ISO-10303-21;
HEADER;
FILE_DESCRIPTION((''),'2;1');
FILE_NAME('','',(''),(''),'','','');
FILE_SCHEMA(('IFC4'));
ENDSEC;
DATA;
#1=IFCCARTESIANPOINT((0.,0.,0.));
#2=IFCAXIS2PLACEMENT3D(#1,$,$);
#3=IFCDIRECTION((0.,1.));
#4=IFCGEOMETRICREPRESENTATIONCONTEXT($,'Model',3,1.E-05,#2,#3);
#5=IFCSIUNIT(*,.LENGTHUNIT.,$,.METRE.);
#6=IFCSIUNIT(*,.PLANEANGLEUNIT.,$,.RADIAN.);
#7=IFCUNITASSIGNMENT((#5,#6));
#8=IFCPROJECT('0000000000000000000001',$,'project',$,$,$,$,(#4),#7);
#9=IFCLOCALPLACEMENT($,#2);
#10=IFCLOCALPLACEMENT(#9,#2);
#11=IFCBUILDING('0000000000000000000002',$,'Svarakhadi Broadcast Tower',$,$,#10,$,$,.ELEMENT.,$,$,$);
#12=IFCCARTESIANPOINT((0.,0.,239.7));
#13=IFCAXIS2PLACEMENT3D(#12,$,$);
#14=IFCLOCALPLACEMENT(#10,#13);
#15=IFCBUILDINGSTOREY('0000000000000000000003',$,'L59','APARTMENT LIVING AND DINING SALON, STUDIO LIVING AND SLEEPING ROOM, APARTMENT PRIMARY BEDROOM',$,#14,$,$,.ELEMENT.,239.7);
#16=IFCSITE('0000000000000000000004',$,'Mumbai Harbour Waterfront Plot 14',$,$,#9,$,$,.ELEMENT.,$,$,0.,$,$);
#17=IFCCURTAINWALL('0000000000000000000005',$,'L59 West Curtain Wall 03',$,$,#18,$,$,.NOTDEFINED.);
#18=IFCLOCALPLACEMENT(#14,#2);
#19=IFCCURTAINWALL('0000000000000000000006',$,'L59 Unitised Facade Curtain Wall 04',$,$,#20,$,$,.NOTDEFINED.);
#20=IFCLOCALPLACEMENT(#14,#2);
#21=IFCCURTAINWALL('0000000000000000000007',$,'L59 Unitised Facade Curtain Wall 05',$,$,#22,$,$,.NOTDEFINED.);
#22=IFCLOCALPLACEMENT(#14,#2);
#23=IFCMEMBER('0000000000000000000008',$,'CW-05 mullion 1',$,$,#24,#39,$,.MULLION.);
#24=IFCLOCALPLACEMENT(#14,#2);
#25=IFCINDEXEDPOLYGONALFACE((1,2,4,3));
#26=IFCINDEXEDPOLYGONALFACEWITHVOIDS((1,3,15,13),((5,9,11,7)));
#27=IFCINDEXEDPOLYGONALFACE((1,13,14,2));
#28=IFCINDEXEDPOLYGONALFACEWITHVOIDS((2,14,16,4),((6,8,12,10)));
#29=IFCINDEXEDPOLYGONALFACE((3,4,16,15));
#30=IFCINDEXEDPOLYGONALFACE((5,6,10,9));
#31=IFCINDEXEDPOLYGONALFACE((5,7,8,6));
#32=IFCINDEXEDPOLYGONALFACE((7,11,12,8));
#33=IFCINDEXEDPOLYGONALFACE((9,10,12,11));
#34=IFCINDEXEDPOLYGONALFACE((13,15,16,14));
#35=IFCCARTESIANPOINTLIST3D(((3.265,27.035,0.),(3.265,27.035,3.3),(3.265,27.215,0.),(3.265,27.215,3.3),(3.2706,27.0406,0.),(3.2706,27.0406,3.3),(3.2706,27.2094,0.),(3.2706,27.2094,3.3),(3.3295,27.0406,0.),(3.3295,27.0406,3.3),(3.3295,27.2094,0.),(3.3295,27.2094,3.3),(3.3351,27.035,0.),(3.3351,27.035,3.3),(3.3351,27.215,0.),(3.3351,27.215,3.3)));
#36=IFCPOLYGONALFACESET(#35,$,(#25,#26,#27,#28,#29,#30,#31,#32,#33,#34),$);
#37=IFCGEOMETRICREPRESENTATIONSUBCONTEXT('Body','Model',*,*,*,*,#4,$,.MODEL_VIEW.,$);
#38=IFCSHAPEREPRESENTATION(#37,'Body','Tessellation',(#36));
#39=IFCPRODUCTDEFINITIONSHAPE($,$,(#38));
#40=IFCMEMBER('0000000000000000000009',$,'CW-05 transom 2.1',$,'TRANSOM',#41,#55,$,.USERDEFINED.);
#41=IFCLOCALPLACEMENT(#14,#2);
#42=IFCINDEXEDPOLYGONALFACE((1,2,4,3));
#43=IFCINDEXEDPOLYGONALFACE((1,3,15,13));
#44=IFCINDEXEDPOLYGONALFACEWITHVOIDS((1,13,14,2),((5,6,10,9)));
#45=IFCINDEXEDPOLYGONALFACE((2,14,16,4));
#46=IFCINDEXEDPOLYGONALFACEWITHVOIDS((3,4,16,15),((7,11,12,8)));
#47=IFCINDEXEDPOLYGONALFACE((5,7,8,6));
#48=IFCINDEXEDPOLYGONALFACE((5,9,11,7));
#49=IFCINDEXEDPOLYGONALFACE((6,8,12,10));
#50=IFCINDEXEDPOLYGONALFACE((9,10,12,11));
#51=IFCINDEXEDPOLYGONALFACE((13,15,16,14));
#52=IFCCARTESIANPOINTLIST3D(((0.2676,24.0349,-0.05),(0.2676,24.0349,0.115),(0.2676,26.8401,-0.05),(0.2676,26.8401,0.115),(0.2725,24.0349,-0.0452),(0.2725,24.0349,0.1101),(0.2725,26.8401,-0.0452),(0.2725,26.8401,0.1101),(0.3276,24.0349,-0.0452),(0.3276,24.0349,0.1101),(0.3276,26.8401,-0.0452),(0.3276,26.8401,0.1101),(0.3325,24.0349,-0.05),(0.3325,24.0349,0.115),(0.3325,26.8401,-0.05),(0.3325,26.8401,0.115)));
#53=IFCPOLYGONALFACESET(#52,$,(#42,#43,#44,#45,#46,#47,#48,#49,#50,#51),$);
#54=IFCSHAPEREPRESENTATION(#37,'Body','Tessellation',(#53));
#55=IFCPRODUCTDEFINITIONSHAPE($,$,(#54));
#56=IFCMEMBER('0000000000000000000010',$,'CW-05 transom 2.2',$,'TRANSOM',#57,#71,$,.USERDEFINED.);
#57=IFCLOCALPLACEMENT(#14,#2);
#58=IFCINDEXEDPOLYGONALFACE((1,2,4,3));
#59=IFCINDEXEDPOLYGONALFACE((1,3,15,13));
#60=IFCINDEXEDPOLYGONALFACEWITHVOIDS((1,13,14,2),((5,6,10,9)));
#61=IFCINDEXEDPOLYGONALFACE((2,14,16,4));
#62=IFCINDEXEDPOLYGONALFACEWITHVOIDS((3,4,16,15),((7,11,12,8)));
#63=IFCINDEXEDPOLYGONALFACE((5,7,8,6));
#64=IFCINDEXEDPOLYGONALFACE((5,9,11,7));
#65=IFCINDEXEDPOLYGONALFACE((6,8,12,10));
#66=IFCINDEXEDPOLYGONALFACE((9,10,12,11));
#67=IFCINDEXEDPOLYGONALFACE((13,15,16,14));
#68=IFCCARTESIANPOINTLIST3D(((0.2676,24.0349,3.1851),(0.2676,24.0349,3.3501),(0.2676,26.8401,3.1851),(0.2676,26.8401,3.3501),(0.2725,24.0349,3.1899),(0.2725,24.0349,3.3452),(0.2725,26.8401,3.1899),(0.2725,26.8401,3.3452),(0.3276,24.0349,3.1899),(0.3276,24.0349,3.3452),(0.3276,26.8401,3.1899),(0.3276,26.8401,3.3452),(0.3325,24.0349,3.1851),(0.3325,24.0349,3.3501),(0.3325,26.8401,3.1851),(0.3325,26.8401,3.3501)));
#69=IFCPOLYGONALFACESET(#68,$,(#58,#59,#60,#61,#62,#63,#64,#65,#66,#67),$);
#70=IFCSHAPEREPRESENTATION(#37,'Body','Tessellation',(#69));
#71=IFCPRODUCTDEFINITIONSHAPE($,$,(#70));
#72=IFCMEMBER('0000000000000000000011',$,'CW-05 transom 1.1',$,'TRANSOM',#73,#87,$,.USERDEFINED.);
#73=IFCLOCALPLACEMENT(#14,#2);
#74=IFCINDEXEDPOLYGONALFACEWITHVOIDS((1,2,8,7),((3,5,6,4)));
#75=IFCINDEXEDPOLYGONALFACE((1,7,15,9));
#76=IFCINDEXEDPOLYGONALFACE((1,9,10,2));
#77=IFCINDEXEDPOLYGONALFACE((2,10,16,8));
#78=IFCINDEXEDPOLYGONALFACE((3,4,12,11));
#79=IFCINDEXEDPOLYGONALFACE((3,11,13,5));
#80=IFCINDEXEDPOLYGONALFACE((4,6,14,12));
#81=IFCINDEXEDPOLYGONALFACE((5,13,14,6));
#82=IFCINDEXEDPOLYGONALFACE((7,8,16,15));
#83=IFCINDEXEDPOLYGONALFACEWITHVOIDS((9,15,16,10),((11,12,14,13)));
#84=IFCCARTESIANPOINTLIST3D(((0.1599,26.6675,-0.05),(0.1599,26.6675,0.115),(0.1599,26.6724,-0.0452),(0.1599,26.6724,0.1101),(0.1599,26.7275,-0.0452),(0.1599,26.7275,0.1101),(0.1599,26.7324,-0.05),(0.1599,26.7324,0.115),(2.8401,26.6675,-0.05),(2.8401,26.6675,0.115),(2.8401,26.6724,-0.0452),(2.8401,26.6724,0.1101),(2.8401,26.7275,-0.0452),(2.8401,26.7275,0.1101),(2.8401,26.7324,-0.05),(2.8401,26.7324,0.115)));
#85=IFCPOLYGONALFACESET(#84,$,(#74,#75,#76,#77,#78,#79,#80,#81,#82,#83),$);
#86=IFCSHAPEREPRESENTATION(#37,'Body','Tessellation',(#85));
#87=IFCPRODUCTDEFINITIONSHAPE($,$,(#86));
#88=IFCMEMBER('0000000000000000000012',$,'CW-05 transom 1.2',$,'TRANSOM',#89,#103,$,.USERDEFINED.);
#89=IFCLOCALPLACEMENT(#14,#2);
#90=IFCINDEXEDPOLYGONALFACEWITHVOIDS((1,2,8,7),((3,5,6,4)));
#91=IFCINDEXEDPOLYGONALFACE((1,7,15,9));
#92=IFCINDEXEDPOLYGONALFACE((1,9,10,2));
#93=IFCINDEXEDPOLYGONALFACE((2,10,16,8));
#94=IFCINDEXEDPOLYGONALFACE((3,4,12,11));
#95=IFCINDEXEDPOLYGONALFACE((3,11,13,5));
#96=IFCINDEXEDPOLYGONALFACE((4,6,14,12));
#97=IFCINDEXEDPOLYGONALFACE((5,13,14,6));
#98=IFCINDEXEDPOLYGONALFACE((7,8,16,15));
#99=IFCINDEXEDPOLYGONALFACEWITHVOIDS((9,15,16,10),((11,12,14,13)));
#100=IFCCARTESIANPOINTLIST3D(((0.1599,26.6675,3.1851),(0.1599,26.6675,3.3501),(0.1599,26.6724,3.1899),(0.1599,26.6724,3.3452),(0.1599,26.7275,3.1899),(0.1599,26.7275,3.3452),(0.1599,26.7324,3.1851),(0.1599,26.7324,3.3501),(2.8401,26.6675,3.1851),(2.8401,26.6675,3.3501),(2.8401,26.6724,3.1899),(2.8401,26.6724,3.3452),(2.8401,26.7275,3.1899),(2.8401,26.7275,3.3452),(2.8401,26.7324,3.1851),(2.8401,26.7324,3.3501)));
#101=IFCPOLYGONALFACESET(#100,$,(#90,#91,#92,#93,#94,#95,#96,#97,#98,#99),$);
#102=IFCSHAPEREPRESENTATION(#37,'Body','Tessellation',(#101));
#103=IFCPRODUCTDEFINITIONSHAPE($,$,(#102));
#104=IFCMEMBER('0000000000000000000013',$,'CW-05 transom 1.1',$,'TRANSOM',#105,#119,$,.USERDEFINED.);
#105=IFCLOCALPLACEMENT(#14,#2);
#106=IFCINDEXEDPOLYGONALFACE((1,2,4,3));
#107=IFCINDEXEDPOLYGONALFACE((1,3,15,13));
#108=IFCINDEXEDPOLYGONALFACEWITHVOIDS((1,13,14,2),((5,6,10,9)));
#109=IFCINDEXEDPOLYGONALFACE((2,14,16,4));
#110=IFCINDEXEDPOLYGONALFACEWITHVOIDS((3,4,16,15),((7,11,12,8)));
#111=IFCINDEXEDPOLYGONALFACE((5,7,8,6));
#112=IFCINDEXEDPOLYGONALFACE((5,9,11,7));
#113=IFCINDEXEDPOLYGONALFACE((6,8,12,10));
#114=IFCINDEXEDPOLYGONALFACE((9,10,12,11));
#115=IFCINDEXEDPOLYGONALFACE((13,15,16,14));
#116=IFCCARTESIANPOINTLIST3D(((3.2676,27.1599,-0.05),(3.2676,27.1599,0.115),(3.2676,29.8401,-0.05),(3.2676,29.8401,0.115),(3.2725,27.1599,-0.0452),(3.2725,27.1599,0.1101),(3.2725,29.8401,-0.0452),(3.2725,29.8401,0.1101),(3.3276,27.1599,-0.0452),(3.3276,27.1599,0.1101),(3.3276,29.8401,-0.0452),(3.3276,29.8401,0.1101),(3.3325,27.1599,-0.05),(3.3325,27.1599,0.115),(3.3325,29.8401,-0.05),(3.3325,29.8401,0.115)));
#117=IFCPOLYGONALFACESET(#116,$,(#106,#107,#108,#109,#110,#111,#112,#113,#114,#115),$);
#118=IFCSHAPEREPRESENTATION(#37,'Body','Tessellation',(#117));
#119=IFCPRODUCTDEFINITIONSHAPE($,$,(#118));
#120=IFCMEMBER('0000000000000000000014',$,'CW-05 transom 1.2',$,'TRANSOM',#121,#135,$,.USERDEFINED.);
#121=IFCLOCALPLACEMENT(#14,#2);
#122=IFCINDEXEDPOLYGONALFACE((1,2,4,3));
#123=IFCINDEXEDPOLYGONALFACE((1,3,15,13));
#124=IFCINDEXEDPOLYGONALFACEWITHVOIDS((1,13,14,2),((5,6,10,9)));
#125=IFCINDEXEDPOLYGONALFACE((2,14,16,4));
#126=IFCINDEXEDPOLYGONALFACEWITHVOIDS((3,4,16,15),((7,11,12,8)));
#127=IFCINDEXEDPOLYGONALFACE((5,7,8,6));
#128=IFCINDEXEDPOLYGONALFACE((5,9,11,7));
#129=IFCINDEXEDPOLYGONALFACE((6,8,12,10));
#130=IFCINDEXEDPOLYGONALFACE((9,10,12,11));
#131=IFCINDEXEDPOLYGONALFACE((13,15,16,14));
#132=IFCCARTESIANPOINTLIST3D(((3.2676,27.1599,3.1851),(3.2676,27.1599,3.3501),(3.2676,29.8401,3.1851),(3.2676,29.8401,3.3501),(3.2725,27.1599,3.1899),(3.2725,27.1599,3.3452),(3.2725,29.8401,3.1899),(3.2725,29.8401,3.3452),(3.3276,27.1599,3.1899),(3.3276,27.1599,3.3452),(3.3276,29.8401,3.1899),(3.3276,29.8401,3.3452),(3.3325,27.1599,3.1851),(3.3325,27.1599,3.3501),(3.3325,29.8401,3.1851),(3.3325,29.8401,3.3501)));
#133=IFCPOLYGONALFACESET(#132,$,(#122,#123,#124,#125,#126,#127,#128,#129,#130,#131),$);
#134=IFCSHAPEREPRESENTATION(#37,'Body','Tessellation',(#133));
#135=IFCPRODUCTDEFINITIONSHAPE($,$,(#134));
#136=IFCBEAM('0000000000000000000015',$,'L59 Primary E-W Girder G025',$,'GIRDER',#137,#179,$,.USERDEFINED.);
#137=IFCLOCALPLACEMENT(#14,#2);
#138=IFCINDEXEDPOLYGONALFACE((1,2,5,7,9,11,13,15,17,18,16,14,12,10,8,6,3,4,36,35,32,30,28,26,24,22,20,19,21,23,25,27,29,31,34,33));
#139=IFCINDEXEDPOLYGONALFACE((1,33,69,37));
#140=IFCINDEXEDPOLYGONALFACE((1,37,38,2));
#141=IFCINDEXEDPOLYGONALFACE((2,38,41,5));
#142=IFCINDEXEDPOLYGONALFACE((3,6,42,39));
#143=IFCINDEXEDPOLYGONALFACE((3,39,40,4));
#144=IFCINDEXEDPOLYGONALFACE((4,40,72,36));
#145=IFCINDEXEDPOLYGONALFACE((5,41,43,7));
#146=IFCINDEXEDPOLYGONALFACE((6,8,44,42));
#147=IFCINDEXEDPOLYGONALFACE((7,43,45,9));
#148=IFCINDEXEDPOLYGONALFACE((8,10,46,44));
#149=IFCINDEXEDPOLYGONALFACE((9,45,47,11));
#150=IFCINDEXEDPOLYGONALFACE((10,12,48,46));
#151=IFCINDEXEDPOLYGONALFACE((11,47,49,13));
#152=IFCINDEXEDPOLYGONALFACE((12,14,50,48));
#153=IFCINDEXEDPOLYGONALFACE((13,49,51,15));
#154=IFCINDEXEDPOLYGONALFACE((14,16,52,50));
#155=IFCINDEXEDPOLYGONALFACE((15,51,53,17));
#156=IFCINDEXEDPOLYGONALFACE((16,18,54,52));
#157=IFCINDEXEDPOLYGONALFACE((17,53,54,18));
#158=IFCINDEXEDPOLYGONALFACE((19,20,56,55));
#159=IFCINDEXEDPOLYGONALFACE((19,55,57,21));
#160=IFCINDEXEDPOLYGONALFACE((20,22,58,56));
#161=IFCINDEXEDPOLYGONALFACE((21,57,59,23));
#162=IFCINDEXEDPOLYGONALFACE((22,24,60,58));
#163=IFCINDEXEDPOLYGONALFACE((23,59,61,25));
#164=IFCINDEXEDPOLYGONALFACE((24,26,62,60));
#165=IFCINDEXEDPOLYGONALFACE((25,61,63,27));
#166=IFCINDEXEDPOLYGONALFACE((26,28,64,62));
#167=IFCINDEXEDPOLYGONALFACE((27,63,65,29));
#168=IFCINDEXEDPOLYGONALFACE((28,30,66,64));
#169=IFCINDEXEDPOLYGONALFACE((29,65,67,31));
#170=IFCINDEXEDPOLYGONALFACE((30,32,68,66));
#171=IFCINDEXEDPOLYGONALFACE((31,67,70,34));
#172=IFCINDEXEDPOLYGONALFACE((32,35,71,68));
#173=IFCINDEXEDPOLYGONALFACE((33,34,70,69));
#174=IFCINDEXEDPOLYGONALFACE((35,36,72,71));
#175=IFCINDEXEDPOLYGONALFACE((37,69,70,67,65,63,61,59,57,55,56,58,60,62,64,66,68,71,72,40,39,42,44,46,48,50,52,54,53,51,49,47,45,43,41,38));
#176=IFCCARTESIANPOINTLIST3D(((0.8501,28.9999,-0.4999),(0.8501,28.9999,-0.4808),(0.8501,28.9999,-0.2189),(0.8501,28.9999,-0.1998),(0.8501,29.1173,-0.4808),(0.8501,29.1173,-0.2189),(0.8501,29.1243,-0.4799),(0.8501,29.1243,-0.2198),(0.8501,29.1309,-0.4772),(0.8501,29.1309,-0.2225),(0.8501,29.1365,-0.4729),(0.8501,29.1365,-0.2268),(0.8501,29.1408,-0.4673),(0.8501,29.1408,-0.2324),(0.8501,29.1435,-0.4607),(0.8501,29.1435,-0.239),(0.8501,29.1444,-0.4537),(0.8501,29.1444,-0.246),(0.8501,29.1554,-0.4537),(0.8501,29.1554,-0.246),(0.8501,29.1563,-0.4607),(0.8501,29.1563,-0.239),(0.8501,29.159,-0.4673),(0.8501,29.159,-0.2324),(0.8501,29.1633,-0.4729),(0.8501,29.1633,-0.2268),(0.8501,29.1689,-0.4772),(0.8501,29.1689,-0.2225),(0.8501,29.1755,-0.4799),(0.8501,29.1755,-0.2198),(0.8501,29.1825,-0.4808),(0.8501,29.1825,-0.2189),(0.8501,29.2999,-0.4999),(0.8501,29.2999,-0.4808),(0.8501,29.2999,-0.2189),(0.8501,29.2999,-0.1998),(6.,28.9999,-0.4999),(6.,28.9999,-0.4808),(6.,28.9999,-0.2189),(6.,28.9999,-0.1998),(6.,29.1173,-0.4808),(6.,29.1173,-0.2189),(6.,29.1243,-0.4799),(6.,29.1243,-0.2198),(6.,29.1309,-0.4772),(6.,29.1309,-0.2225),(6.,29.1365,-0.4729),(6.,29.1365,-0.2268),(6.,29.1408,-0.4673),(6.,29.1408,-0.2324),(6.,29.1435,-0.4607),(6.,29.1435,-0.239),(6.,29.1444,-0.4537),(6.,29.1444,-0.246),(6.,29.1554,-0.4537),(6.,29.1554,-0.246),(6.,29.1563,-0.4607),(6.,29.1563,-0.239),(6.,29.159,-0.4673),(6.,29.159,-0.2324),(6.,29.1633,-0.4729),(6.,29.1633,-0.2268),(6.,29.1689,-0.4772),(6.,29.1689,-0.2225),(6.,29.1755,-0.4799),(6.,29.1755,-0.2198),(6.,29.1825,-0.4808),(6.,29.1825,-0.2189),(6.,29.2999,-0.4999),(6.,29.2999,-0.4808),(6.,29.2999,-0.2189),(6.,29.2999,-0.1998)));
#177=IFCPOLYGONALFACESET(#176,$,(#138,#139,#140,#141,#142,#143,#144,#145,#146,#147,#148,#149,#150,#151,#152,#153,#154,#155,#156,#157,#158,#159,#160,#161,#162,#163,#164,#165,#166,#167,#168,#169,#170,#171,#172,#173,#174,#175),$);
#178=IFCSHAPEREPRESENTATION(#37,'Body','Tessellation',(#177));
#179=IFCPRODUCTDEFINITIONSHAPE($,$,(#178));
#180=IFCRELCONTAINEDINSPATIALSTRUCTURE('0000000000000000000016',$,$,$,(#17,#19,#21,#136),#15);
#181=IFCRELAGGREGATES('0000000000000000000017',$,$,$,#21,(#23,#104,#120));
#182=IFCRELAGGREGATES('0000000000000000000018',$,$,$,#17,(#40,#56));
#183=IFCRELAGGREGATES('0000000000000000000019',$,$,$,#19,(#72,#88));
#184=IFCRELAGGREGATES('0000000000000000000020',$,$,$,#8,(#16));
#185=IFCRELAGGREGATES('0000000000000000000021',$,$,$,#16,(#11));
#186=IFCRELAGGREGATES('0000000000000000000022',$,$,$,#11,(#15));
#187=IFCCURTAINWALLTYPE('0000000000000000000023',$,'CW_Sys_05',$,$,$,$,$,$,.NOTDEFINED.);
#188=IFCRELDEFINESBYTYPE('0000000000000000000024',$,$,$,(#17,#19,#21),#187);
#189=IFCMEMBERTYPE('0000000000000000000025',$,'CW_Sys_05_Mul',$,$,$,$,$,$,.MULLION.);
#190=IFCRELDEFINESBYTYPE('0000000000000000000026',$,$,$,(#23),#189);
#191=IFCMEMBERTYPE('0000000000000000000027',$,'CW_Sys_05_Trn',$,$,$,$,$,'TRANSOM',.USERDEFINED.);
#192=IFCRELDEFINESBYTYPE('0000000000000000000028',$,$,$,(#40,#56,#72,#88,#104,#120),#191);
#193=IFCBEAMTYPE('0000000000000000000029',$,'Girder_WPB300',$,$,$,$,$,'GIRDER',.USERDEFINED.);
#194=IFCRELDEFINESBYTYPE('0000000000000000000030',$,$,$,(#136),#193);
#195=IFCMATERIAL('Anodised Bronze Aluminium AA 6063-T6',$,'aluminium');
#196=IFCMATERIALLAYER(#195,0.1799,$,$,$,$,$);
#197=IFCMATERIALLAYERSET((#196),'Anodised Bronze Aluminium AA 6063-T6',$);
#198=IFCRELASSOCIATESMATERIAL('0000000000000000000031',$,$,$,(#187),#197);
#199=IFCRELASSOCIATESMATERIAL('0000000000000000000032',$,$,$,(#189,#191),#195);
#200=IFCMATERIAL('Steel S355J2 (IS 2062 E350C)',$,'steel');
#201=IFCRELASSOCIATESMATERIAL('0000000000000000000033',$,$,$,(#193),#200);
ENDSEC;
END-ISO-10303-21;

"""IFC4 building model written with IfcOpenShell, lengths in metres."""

from ifc_helpers import new_model, si_unit, direction, frame, origin, origin_2d, place, context, subcontext, project, spatial, hollow_rectangle, i_section, extrude, material, layer, layer_set, material_profile, profile_set, type_object, element, aggregate, save


model = new_model("IFC4")

# Units and contexts
model_context = context("Model", 3, precision=1e-05, world=origin(), true_north=direction((0.0, 1.0)))
body_context = subcontext(model_context, "Body", "Model", "MODEL_VIEW")
ifc_project = project(units=[si_unit("LENGTHUNIT", "METRE"), si_unit("PLANEANGLEUNIT", "RADIAN")], contexts=[model_context])

# Site, building, storey
site_placement = place(None, origin())
site = spatial("IfcSite", under=ifc_project, at=site_placement, Name="Mumbai Harbour Waterfront Plot 14", CompositionType="ELEMENT", RefElevation=0.0)
building_placement = place(site_placement, origin())
building = spatial("IfcBuilding", under=site, at=building_placement, Name="Svarakhadi Broadcast Tower", CompositionType="ELEMENT")
storey_placement = place(building_placement, frame((0.0, 0.0, 239.7)))
storey = spatial("IfcBuildingStorey", under=building, at=storey_placement, Name="L59", Description="APARTMENT LIVING AND DINING SALON, STUDIO LIVING AND SLEEPING ROOM, APARTMENT PRIMARY BEDROOM", CompositionType="ELEMENT", Elevation=239.7)

# Shared definitions
ifc_material_1 = material(Name="Steel S355J2 (IS 2062 E350C)", Category="steel")

# Curtain walls
ifc_material_2 = material(Name="Anodised Bronze Aluminium AA 6063-T6", Category="aluminium")
ifc_layer_1 = layer(ifc_material_2, 0.1799)
ifc_layer_set_1 = layer_set([ifc_layer_1], Name="Anodised Bronze Aluminium AA 6063-T6")
curtain_wall_type = type_object("IfcCurtainWallType", Name="CW_Sys_05", PredefinedType="NOTDEFINED", material=ifc_layer_set_1)
curtain_wall_1_placement = place(storey_placement, origin())
curtain_wall_1 = element("IfcCurtainWall", 1, at=curtain_wall_1_placement, inside=storey, type_object=curtain_wall_type, Name="L59 West Curtain Wall 03", PredefinedType="NOTDEFINED")
ifc_material_profile_1 = material_profile(ifc_material_2, hollow_rectangle(XDim=0.0701, YDim=0.1799, WallThickness=0.0056, at=origin_2d()), Name="ALU MULLION 180x70x6")
ifc_profile_set_1 = profile_set([ifc_material_profile_1], Name="Anodised Bronze Aluminium AA 6063-T6")
member_type_1 = type_object("IfcMemberType", Name="CW_Sys_05_Mul", PredefinedType="MULLION", material=ifc_profile_set_1)
curtain_wall_2_placement = place(storey_placement, origin())
curtain_wall_2 = element("IfcCurtainWall", 2, at=curtain_wall_2_placement, inside=storey, type_object=curtain_wall_type, Name="L59 Unitised Facade Curtain Wall 04", PredefinedType="NOTDEFINED")

# Curtain wall, member
curtain_wall_3_placement = place(storey_placement, origin())
curtain_wall_3 = element("IfcCurtainWall", 3, at=curtain_wall_3_placement, inside=storey, type_object=curtain_wall_type, Name="L59 Unitised Facade Curtain Wall 05", PredefinedType="NOTDEFINED")
member_1_placement = place(storey_placement, frame((3.3, 27.125, 0.0), z_axis=(0.0, 0.0, 1.0), x_axis=(-1.0, 0.0, 0.0)))
member_1 = element("IfcMember", 4, at=member_1_placement, type_object=member_type_1, Name="CW-05 mullion 1", PredefinedType="MULLION", context=body_context, shape_type="SweptSolid", body=[
    extrude(hollow_rectangle(XDim=0.0701, YDim=0.1799, WallThickness=0.0056, at=origin_2d()), origin(), (0.0, 0.0, 1.0), 3.3),
])

# Members
ifc_material_profile_2 = material_profile(ifc_material_2, hollow_rectangle(XDim=0.0649, YDim=0.165, WallThickness=0.0049, at=origin_2d()), Name="ALU TRANSOM 165x65x5")
ifc_profile_set_2 = profile_set([ifc_material_profile_2], Name="Anodised Bronze Aluminium AA 6063-T6")
member_type_2 = type_object("IfcMemberType", Name="CW_Sys_05_Trn", ElementType="TRANSOM", PredefinedType="USERDEFINED", material=ifc_profile_set_2)
member_2_placement = place(storey_placement, frame((0.3, 24.0349, 0.0325), z_axis=(0.0, 1.0, 0.0), x_axis=(-1.0, 0.0, 0.0)))
member_2 = element("IfcMember", 5, at=member_2_placement, type_object=member_type_2, Name="CW-05 transom 2.1", ObjectType="TRANSOM", PredefinedType="USERDEFINED", context=body_context, shape_type="SweptSolid", body=[
    extrude(hollow_rectangle(XDim=0.0649, YDim=0.165, WallThickness=0.0049, at=origin_2d()), origin(), (0.0, 0.0, 1.0), 2.8052),
])
member_3_placement = place(storey_placement, frame((0.3, 24.0349, 3.2676), z_axis=(0.0, 1.0, 0.0), x_axis=(-1.0, 0.0, 0.0)))
member_3 = element("IfcMember", 6, at=member_3_placement, type_object=member_type_2, Name="CW-05 transom 2.2", ObjectType="TRANSOM", PredefinedType="USERDEFINED", context=body_context, shape_type="SweptSolid", body=[
    extrude(hollow_rectangle(XDim=0.0649, YDim=0.165, WallThickness=0.0049, at=origin_2d()), origin(), (0.0, 0.0, 1.0), 2.8052),
])
member_4_placement = place(storey_placement, frame((0.1599, 26.7, 0.0325), z_axis=(1.0, 0.0, 0.0), x_axis=(0.0, 1.0, 0.0)))
member_4 = element("IfcMember", 7, at=member_4_placement, type_object=member_type_2, Name="CW-05 transom 1.1", ObjectType="TRANSOM", PredefinedType="USERDEFINED", context=body_context, shape_type="SweptSolid", body=[
    extrude(hollow_rectangle(XDim=0.0649, YDim=0.165, WallThickness=0.0049, at=origin_2d()), origin(), (0.0, 0.0, 1.0), 2.6802),
])
member_5_placement = place(storey_placement, frame((0.1599, 26.7, 3.2676), z_axis=(1.0, 0.0, 0.0), x_axis=(0.0, 1.0, 0.0)))
member_5 = element("IfcMember", 8, at=member_5_placement, type_object=member_type_2, Name="CW-05 transom 1.2", ObjectType="TRANSOM", PredefinedType="USERDEFINED", context=body_context, shape_type="SweptSolid", body=[
    extrude(hollow_rectangle(XDim=0.0649, YDim=0.165, WallThickness=0.0049, at=origin_2d()), origin(), (0.0, 0.0, 1.0), 2.6802),
])
member_6_placement = place(storey_placement, frame((3.3, 27.1599, 0.0325), z_axis=(0.0, 1.0, 0.0), x_axis=(-1.0, 0.0, 0.0)))
member_6 = element("IfcMember", 9, at=member_6_placement, type_object=member_type_2, Name="CW-05 transom 1.1", ObjectType="TRANSOM", PredefinedType="USERDEFINED", context=body_context, shape_type="SweptSolid", body=[
    extrude(hollow_rectangle(XDim=0.0649, YDim=0.165, WallThickness=0.0049, at=origin_2d()), origin(), (0.0, 0.0, 1.0), 2.6802),
])
member_7_placement = place(storey_placement, frame((3.3, 27.1599, 3.2676), z_axis=(0.0, 1.0, 0.0), x_axis=(-1.0, 0.0, 0.0)))
member_7 = element("IfcMember", 10, at=member_7_placement, type_object=member_type_2, Name="CW-05 transom 1.2", ObjectType="TRANSOM", PredefinedType="USERDEFINED", context=body_context, shape_type="SweptSolid", body=[
    extrude(hollow_rectangle(XDim=0.0649, YDim=0.165, WallThickness=0.0049, at=origin_2d()), origin(), (0.0, 0.0, 1.0), 2.6802),
])
aggregate(curtain_wall_3, [member_1, member_6, member_7])

# Beam
ifc_material_profile_3 = material_profile(ifc_material_1, i_section(OverallWidth=0.3, OverallDepth=0.3, WebThickness=0.011, FlangeThickness=0.019, FilletRadius=0.0271, at=origin_2d()), Name="WPB 300x300x117")
ifc_profile_set_3 = profile_set([ifc_material_profile_3], Name="Steel S355J2 (IS 2062 E350C)")
beam_type_1 = type_object("IfcBeamType", Name="Girder_WPB300", ElementType="GIRDER", PredefinedType="USERDEFINED", material=ifc_profile_set_3)
for number, where, z_axis, x_axis, name in (
    (11, (0.8501, 29.1499, -0.3499), (1.0, 0.0, 0.0), (0.0, 1.0, 0.0), "L59 Primary E-W Girder G025"),
):
    element("IfcBeam", number, at=place(storey_placement, frame(where, z_axis=z_axis, x_axis=x_axis)), inside=storey, type_object=beam_type_1, Name=name, ObjectType="GIRDER", PredefinedType="USERDEFINED", context=body_context, shape_type="SweptSolid", body=[
        extrude(i_section(OverallWidth=0.3, OverallDepth=0.3, WebThickness=0.011, FlangeThickness=0.019, FilletRadius=0.0271, at=origin_2d()), origin(), (0.0, 0.0, 1.0), 5.1499),
    ])

aggregate(curtain_wall_1, [member_2, member_3])
aggregate(curtain_wall_2, [member_4, member_5])

save(model, "model.ifc")
